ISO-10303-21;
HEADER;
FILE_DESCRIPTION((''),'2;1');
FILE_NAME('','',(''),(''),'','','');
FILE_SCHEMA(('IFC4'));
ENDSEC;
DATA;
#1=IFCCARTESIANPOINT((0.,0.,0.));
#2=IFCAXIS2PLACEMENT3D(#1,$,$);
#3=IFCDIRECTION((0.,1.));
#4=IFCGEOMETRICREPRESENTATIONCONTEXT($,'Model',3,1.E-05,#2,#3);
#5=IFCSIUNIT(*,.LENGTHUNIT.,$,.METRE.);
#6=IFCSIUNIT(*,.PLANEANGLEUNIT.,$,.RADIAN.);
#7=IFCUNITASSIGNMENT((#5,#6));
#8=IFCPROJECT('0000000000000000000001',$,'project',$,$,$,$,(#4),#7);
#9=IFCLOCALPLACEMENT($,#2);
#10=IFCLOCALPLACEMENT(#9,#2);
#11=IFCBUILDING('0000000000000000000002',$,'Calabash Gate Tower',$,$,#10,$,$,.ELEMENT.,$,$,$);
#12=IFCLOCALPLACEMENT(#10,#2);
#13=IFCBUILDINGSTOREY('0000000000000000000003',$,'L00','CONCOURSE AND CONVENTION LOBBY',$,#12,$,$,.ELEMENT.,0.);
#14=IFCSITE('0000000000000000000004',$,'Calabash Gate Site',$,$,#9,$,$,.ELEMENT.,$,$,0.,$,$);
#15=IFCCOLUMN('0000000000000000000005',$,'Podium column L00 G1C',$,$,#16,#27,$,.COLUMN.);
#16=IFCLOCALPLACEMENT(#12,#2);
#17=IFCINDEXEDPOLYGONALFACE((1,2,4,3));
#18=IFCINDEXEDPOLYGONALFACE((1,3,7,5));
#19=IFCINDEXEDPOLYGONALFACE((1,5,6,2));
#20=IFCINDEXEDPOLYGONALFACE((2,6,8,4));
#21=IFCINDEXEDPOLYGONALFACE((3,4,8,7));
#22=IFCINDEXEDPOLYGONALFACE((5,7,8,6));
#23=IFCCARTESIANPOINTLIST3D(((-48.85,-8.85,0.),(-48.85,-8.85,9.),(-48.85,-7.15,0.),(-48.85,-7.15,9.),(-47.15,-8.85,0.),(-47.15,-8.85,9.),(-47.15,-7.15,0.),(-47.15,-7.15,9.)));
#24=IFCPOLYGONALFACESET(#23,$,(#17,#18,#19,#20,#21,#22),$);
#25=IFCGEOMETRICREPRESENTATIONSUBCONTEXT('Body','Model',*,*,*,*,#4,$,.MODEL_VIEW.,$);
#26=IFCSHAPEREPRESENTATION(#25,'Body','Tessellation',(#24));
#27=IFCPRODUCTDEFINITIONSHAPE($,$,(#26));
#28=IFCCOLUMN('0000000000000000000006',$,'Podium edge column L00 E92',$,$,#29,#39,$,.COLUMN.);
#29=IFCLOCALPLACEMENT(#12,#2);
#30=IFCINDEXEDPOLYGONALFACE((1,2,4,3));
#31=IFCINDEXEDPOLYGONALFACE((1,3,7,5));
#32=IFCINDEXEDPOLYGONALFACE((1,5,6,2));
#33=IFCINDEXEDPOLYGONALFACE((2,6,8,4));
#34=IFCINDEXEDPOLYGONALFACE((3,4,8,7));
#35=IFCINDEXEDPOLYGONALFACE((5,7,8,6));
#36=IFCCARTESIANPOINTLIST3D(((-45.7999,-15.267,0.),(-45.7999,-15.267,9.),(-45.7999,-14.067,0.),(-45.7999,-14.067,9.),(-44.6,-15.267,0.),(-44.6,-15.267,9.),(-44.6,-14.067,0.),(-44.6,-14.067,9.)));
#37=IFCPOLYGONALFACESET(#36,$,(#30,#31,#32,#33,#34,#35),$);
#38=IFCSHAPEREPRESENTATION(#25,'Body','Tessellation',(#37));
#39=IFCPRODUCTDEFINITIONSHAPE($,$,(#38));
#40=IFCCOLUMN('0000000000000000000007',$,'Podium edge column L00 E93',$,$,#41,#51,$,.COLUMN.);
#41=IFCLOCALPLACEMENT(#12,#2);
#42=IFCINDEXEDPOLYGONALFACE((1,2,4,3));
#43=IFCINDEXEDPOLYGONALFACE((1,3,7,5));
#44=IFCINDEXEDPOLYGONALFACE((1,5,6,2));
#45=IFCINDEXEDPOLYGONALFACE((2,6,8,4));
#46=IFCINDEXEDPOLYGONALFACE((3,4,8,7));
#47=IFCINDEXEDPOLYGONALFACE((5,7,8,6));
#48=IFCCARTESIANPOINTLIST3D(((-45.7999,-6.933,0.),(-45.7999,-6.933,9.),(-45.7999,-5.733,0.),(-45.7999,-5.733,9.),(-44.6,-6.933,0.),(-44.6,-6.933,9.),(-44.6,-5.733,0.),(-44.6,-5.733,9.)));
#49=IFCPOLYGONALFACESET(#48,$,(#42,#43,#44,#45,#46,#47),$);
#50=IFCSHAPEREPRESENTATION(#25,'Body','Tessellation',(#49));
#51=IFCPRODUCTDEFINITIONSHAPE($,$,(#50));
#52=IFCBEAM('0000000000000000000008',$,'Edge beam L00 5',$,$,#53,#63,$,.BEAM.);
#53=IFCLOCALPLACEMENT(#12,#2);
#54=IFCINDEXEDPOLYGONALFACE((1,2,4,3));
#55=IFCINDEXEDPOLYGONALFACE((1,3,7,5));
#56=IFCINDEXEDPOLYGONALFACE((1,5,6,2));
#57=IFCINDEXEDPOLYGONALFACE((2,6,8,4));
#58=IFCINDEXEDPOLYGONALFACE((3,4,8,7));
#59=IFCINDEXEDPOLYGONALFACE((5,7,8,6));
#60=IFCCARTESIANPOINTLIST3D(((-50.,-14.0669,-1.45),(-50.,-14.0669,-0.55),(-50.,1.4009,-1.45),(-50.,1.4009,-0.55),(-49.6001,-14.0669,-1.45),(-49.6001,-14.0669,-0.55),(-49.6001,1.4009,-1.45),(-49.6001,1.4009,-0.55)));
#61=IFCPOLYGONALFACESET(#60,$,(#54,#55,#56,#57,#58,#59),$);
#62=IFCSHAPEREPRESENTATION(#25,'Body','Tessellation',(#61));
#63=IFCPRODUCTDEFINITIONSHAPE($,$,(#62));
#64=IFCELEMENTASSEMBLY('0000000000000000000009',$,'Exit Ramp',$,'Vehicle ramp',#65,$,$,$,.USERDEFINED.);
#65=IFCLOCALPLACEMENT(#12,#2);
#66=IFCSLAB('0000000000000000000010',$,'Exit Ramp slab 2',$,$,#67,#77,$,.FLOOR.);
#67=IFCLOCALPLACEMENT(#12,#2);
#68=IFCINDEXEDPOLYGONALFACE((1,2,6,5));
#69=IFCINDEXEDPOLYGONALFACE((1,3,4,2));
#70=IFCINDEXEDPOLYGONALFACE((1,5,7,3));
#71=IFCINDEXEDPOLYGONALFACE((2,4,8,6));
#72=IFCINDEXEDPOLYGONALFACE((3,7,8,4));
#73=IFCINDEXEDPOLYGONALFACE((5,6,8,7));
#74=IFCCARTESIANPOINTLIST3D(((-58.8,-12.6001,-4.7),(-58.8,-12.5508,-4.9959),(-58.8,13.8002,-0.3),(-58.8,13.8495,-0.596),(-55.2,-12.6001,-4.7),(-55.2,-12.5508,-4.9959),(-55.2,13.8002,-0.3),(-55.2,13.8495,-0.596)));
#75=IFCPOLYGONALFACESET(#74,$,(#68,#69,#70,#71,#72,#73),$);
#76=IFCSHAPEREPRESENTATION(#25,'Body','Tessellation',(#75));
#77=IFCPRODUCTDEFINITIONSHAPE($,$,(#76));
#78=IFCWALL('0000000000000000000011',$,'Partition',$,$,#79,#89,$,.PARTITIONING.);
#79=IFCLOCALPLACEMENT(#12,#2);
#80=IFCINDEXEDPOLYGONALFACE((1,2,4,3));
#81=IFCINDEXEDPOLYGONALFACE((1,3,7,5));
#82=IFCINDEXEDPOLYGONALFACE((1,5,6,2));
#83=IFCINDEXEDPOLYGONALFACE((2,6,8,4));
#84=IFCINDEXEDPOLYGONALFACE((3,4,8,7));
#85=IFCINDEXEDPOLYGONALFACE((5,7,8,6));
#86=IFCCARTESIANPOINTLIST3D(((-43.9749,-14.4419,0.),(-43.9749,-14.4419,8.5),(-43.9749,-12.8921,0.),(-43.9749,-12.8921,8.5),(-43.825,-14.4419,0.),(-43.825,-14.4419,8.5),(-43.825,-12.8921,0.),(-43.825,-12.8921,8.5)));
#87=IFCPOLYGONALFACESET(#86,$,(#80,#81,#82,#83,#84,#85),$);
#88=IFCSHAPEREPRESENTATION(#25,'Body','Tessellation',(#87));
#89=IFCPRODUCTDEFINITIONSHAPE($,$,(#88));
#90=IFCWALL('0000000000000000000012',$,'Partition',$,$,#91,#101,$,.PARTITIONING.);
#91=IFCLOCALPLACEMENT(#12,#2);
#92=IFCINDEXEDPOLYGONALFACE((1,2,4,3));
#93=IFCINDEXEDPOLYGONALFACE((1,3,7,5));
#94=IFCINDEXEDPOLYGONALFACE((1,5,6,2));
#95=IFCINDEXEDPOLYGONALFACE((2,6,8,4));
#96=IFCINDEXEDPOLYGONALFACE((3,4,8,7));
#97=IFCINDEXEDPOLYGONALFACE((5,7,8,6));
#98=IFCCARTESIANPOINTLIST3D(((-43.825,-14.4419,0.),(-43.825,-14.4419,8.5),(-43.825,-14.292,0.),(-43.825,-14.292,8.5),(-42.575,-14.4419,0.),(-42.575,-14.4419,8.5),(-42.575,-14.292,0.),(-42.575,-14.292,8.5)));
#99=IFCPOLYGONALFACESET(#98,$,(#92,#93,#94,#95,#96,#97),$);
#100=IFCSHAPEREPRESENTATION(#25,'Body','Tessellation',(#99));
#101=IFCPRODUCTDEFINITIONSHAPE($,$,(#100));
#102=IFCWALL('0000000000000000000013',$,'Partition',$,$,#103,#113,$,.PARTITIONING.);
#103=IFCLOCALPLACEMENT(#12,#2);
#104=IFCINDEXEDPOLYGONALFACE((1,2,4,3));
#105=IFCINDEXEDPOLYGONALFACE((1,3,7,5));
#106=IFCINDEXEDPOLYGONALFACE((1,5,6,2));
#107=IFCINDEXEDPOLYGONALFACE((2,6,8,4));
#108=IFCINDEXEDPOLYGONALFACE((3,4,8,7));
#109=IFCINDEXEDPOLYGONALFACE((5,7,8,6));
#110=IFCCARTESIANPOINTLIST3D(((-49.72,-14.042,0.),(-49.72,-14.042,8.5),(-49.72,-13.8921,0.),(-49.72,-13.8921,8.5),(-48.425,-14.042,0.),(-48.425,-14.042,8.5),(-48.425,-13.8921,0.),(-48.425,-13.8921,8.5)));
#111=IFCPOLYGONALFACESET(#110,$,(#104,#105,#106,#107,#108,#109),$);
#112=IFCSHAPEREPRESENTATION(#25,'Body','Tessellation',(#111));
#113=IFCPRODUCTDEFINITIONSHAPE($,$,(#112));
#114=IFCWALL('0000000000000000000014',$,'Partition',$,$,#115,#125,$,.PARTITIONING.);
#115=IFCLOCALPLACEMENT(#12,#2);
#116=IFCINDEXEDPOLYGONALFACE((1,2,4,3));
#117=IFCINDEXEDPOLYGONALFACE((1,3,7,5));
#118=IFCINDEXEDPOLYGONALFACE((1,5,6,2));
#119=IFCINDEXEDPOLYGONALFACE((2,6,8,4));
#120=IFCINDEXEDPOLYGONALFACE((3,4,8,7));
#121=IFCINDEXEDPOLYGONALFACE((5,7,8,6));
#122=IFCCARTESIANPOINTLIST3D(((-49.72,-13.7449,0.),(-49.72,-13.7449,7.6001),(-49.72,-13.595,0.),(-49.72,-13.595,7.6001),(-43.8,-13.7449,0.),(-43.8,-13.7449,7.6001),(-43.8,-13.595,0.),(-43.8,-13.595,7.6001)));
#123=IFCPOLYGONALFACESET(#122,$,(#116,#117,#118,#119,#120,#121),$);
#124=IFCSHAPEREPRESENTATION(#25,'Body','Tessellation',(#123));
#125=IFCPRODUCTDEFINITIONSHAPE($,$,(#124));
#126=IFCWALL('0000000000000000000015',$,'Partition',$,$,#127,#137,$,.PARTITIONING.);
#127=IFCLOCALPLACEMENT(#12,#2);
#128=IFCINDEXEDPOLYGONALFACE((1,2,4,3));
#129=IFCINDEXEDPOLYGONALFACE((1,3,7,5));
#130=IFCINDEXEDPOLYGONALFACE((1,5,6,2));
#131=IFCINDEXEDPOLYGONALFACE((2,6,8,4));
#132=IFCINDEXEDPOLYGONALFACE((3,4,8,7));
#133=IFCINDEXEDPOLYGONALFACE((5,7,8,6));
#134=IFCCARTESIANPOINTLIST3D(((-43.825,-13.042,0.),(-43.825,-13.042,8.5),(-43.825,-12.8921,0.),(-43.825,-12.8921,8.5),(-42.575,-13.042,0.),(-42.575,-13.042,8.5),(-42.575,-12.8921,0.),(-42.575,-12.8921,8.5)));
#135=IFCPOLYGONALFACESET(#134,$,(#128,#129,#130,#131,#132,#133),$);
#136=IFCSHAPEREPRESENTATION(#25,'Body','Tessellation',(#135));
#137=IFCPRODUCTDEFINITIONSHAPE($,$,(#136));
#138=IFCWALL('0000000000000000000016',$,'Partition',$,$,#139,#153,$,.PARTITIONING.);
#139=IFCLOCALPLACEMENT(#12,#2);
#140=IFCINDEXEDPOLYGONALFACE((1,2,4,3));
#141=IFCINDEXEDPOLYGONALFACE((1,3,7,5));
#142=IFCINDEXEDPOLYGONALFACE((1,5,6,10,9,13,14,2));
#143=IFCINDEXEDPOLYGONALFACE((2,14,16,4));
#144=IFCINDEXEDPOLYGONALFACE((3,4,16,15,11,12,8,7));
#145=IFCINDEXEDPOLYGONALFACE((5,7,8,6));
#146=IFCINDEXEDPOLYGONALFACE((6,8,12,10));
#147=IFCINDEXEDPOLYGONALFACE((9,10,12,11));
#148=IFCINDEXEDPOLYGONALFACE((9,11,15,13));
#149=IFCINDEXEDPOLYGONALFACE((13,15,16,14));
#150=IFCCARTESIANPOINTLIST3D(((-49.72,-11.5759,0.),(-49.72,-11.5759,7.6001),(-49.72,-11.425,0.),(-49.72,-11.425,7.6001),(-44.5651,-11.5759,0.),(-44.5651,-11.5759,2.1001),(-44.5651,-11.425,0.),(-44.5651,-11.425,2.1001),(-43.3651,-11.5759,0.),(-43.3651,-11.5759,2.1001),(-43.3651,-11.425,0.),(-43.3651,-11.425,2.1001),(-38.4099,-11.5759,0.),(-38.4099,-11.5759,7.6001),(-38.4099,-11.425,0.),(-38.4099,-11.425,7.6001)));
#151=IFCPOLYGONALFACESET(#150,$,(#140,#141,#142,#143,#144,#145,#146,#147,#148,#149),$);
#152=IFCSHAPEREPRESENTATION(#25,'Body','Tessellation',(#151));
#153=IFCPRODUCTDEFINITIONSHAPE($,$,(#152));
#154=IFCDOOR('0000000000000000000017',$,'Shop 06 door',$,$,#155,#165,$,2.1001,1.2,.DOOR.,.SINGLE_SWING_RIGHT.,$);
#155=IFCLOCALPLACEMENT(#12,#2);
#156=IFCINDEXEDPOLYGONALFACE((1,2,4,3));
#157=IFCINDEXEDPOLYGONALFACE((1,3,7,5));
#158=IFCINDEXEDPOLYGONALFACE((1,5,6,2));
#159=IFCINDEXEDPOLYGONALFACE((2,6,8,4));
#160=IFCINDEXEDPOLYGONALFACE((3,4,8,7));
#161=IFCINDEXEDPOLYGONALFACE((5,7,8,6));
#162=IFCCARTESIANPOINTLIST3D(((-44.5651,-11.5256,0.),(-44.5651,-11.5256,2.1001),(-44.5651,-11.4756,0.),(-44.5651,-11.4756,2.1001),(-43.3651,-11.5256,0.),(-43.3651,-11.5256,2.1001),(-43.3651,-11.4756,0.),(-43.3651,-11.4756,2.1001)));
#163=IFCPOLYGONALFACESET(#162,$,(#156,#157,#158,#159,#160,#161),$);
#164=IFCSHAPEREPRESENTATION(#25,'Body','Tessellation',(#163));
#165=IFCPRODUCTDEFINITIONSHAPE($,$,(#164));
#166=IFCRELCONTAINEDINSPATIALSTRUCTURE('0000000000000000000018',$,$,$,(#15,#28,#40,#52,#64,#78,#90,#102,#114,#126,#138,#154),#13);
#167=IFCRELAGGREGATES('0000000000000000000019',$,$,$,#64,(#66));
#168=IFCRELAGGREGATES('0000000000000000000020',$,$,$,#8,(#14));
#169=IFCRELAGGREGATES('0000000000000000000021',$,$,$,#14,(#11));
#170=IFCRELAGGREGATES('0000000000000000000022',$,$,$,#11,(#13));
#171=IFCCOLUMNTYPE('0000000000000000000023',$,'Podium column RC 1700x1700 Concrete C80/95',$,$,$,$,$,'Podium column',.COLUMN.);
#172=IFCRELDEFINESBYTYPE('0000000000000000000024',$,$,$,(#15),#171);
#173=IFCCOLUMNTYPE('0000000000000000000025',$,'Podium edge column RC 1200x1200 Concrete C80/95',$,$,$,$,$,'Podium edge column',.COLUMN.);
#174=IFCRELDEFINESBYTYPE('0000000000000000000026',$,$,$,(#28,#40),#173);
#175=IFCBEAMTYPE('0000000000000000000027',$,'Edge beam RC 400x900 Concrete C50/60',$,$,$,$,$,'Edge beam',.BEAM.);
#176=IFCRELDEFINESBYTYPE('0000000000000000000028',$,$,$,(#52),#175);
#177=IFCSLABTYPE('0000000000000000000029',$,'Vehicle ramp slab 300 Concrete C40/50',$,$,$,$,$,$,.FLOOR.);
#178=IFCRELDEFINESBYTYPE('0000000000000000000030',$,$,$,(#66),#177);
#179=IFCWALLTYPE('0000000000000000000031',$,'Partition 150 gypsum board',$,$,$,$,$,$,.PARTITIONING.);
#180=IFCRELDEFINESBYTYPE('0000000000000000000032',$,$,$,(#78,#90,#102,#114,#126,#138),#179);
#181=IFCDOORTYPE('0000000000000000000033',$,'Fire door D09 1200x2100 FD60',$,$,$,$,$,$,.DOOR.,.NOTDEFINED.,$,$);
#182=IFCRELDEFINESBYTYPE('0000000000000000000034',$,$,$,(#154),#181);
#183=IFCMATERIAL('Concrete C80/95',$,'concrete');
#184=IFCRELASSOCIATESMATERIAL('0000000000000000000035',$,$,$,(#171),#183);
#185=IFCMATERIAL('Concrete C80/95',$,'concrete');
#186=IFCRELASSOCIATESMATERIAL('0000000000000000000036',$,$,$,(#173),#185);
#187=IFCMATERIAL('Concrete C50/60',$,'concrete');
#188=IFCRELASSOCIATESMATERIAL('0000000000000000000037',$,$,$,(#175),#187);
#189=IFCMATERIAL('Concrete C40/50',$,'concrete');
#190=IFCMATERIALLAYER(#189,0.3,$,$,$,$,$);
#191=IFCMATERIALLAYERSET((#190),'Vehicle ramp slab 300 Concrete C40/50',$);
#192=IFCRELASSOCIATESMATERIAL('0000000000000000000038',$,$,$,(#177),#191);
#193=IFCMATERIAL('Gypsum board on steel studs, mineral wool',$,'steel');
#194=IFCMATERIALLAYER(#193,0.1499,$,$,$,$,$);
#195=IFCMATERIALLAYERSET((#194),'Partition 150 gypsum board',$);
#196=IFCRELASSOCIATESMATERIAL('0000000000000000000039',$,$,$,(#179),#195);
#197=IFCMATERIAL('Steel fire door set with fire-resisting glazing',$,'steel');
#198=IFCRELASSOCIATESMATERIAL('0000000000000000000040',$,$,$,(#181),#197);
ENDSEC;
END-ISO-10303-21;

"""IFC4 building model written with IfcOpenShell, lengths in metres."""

from ifc_helpers import new_model, si_unit, direction, frame, frame_2d, origin, origin_2d, place, context, subcontext, project, spatial, polyline, rectangle, outline, extrude, material, layer, layer_set, material_profile, profile_set, type_object, element, fill, aggregate, save


model = new_model("IFC4")

# Units and contexts
model_context = context("Model", 3, precision=1e-05, world=origin(), true_north=direction((0.0, 1.0)))
body_context = subcontext(model_context, "Body", "Model", "MODEL_VIEW")
ifc_project = project(units=[si_unit("LENGTHUNIT", "METRE"), si_unit("PLANEANGLEUNIT", "RADIAN")], contexts=[model_context])

# Site, building, storey
site_placement = place(None, origin())
site = spatial("IfcSite", under=ifc_project, at=site_placement, Name="Calabash Gate Site", CompositionType="ELEMENT", RefElevation=0.0)
building_placement = place(site_placement, origin())
building = spatial("IfcBuilding", under=site, at=building_placement, Name="Calabash Gate Tower", CompositionType="ELEMENT")
storey_placement = place(building_placement, origin())
storey = spatial("IfcBuildingStorey", under=building, at=storey_placement, Name="L00", Description="CONCOURSE AND CONVENTION LOBBY", CompositionType="ELEMENT", Elevation=0.0)

# Columns
ifc_material_1 = material(Name="Concrete C80/95", Category="concrete")
ifc_material_profile_1 = material_profile(ifc_material_1, rectangle(XDim=1.7, YDim=1.7, at=origin_2d()))
ifc_profile_set_1 = profile_set([ifc_material_profile_1], Name="Concrete C80/95")
column_type_1 = type_object("IfcColumnType", Name="Podium column RC 1700x1700 Concrete C80/95", ElementType="Podium column", PredefinedType="COLUMN", material=ifc_profile_set_1)
column_placement = place(storey_placement, frame((-48.0, -8.0, 0.0), z_axis=(0.0, 0.0, 1.0), x_axis=(1.0, 0.0, 0.0)))
element("IfcColumn", 1, at=column_placement, inside=storey, type_object=column_type_1, Name="Podium column L00 G1C", PredefinedType="COLUMN", context=body_context, shape_type="SweptSolid", body=[
    extrude(rectangle(XDim=1.7, YDim=1.7, at=origin_2d()), origin(), (0.0, 0.0, 1.0), 9.0),
])
ifc_material_2 = material(Name="Concrete C80/95", Category="concrete")
ifc_material_profile_2 = material_profile(ifc_material_2, rectangle(XDim=1.2, YDim=1.2, at=origin_2d()))
ifc_profile_set_2 = profile_set([ifc_material_profile_2], Name="Concrete C80/95")
column_type_2 = type_object("IfcColumnType", Name="Podium edge column RC 1200x1200 Concrete C80/95", ElementType="Podium edge column", PredefinedType="COLUMN", material=ifc_profile_set_2)
for number, where, z_axis, x_axis, name in (
    (2, (-45.2, -14.667, 0.0), (0.0, 0.0, 1.0), (1.0, 0.0, 0.0), "Podium edge column L00 E92"),
    (3, (-45.2, -6.333, 0.0), (0.0, 0.0, 1.0), (1.0, 0.0, 0.0), "Podium edge column L00 E93"),
):
    element("IfcColumn", number, at=place(storey_placement, frame(where, z_axis=z_axis, x_axis=x_axis)), inside=storey, type_object=column_type_2, Name=name, PredefinedType="COLUMN", context=body_context, shape_type="SweptSolid", body=[
        extrude(rectangle(XDim=1.2, YDim=1.2, at=origin_2d()), origin(), (0.0, 0.0, 1.0), 9.0),
    ])

# Beam
ifc_material_3 = material(Name="Concrete C50/60", Category="concrete")
ifc_material_profile_3 = material_profile(ifc_material_3, rectangle(XDim=0.3999, YDim=0.8999, at=origin_2d()))
ifc_profile_set_3 = profile_set([ifc_material_profile_3], Name="Concrete C50/60")
beam_type = type_object("IfcBeamType", Name="Edge beam RC 400x900 Concrete C50/60", ElementType="Edge beam", PredefinedType="BEAM", material=ifc_profile_set_3)
beam_placement = place(storey_placement, frame((-49.8, -14.0669, -1.0), z_axis=(0.0, 1.0, 0.0), x_axis=(-1.0, 0.0, 0.0)))
element("IfcBeam", 4, at=beam_placement, inside=storey, type_object=beam_type, Name="Edge beam L00 5", PredefinedType="BEAM", context=body_context, shape_type="SweptSolid", body=[
    extrude(rectangle(XDim=0.3999, YDim=0.8999, at=origin_2d()), origin(), (0.0, 0.0, 1.0), 15.4678),
])

# Element assembly, slab
assembly_placement = place(storey_placement, origin())
assembly = element("IfcElementAssembly", 5, at=assembly_placement, inside=storey, Name="Exit Ramp", ObjectType="Vehicle ramp", PredefinedType="USERDEFINED")
ifc_material_4 = material(Name="Concrete C40/50", Category="concrete")
ifc_layer_1 = layer(ifc_material_4, 0.3)
ifc_layer_set_1 = layer_set([ifc_layer_1], Name="Vehicle ramp slab 300 Concrete C40/50")
slab_type = type_object("IfcSlabType", Name="Vehicle ramp slab 300 Concrete C40/50", PredefinedType="FLOOR", material=ifc_layer_set_1)
slab_placement = place(storey_placement, frame((-58.8, -12.6001, -4.7), z_axis=(0.0, -0.164395, 0.986395), x_axis=(1.0, 0.0, 0.0)))
slab = element("IfcSlab", 6, at=slab_placement, type_object=slab_type, Name="Exit Ramp slab 2", PredefinedType="FLOOR", context=body_context, shape_type="SweptSolid", body=[
    extrude(outline(polyline([(0.0, 0.0), (3.6001, 0.0), (3.6001, 26.7644), (0.0, 26.7644), (0.0, 0.0)])), origin(), (0.0, 0.0, -1.0), 0.3),
])

# Walls
ifc_material_5 = material(Name="Gypsum board on steel studs, mineral wool", Category="steel")
ifc_layer_2 = layer(ifc_material_5, 0.1499)
ifc_layer_set_2 = layer_set([ifc_layer_2], Name="Partition 150 gypsum board")
wall_type_1 = type_object("IfcWallType", Name="Partition 150 gypsum board", PredefinedType="PARTITIONING", material=ifc_layer_set_2)
wall_1_placement = place(storey_placement, frame((-43.8999, -14.4419, 0.0), z_axis=(0.0, 0.0, 1.0), x_axis=(0.0, 1.0, 0.0)))
element("IfcWall", 7, at=wall_1_placement, inside=storey, type_object=wall_type_1, Name="Partition", PredefinedType="PARTITIONING", context=body_context, shape_type="SweptSolid", body=[
    extrude(rectangle(XDim=1.5498, YDim=0.1499, at=frame_2d((0.7749, 0.0))), origin(), (0.0, 0.0, 1.0), 8.5),
])
wall_2_placement = place(storey_placement, frame((-43.825, -14.3669, 0.0), z_axis=(0.0, 0.0, 1.0), x_axis=(1.0, 0.0, 0.0)))
element("IfcWall", 8, at=wall_2_placement, inside=storey, type_object=wall_type_1, Name="Partition", PredefinedType="PARTITIONING", context=body_context, shape_type="SweptSolid", body=[
    extrude(rectangle(XDim=1.25, YDim=0.1499, at=frame_2d((0.625, 0.0))), origin(), (0.0, 0.0, 1.0), 8.5),
])
wall_3_placement = place(storey_placement, frame((-49.72, -13.967, 0.0), z_axis=(0.0, 0.0, 1.0), x_axis=(1.0, 0.0, 0.0)))
element("IfcWall", 9, at=wall_3_placement, inside=storey, type_object=wall_type_1, Name="Partition", PredefinedType="PARTITIONING", context=body_context, shape_type="SweptSolid", body=[
    extrude(rectangle(XDim=1.2949, YDim=0.1499, at=frame_2d((0.6475, 0.0))), origin(), (0.0, 0.0, 1.0), 8.5),
])
wall_4_placement = place(storey_placement, frame((-49.72, -13.6699, 0.0), z_axis=(0.0, 0.0, 1.0), x_axis=(1.0, 0.0, 0.0)))
element("IfcWall", 10, at=wall_4_placement, inside=storey, type_object=wall_type_1, Name="Partition", PredefinedType="PARTITIONING", context=body_context, shape_type="SweptSolid", body=[
    extrude(rectangle(XDim=5.9199, YDim=0.1499, at=frame_2d((2.96, 0.0))), origin(), (0.0, 0.0, 1.0), 7.6001),
])
wall_5_placement = place(storey_placement, frame((-43.825, -12.967, 0.0), z_axis=(0.0, 0.0, 1.0), x_axis=(1.0, 0.0, 0.0)))
element("IfcWall", 11, at=wall_5_placement, inside=storey, type_object=wall_type_1, Name="Partition", PredefinedType="PARTITIONING", context=body_context, shape_type="SweptSolid", body=[
    extrude(rectangle(XDim=1.25, YDim=0.1499, at=frame_2d((0.625, 0.0))), origin(), (0.0, 0.0, 1.0), 8.5),
])

# Wall, opening, door
wall_6_placement = place(storey_placement, frame((-49.72, -11.5005, 0.0), z_axis=(0.0, 0.0, 1.0), x_axis=(1.0, 0.0, 0.0)))
wall_6 = element("IfcWall", 12, at=wall_6_placement, inside=storey, type_object=wall_type_1, Name="Partition", PredefinedType="PARTITIONING", context=body_context, shape_type="SweptSolid", body=[
    extrude(rectangle(XDim=11.3101, YDim=0.1509, at=frame_2d((5.655, 0.0))), origin(), (0.0, 0.0, 1.0), 7.6001),
])
opening_1_placement = place(wall_6_placement, frame((5.1548, 0.0, 0.0)))
opening_1 = element("IfcOpeningElement", 13, at=opening_1_placement, cuts=wall_6, PredefinedType="OPENING", context=body_context, shape_type="SweptSolid", body=[
    extrude(rectangle(XDim=1.2, YDim=2.1001, at=frame_2d((0.6001, 1.05))), frame((0.0, 0.0854, 0.0), z_axis=(0.0, -1.0, 0.0), x_axis=(1.0, 0.0, 0.0)), (0.0, 0.0, 1.0), 0.1709),
])
ifc_material_6 = material(Name="Steel fire door set with fire-resisting glazing", Category="steel")
door_type_1 = type_object("IfcDoorType", Name="Fire door D09 1200x2100 FD60", OperationType="NOTDEFINED", PredefinedType="DOOR", material=ifc_material_6)
door_1_placement = place(opening_1_placement, origin())
door_1 = element("IfcDoor", 14, at=door_1_placement, inside=storey, type_object=door_type_1, Name="Shop 06 door", OperationType="SINGLE_SWING_RIGHT", OverallHeight=2.1001, OverallWidth=1.2, PredefinedType="DOOR", context=body_context, shape_type="SweptSolid", body=[
    extrude(rectangle(XDim=1.2, YDim=2.1001, at=frame_2d((0.6001, 1.05))), frame((0.0, 0.0249, 0.0), z_axis=(0.0, -1.0, 0.0), x_axis=(1.0, 0.0, 0.0)), (0.0, 0.0, 1.0), 0.05),
])
fill(opening_1, door_1)

aggregate(assembly, [slab])

save(model, "model.ifc")
